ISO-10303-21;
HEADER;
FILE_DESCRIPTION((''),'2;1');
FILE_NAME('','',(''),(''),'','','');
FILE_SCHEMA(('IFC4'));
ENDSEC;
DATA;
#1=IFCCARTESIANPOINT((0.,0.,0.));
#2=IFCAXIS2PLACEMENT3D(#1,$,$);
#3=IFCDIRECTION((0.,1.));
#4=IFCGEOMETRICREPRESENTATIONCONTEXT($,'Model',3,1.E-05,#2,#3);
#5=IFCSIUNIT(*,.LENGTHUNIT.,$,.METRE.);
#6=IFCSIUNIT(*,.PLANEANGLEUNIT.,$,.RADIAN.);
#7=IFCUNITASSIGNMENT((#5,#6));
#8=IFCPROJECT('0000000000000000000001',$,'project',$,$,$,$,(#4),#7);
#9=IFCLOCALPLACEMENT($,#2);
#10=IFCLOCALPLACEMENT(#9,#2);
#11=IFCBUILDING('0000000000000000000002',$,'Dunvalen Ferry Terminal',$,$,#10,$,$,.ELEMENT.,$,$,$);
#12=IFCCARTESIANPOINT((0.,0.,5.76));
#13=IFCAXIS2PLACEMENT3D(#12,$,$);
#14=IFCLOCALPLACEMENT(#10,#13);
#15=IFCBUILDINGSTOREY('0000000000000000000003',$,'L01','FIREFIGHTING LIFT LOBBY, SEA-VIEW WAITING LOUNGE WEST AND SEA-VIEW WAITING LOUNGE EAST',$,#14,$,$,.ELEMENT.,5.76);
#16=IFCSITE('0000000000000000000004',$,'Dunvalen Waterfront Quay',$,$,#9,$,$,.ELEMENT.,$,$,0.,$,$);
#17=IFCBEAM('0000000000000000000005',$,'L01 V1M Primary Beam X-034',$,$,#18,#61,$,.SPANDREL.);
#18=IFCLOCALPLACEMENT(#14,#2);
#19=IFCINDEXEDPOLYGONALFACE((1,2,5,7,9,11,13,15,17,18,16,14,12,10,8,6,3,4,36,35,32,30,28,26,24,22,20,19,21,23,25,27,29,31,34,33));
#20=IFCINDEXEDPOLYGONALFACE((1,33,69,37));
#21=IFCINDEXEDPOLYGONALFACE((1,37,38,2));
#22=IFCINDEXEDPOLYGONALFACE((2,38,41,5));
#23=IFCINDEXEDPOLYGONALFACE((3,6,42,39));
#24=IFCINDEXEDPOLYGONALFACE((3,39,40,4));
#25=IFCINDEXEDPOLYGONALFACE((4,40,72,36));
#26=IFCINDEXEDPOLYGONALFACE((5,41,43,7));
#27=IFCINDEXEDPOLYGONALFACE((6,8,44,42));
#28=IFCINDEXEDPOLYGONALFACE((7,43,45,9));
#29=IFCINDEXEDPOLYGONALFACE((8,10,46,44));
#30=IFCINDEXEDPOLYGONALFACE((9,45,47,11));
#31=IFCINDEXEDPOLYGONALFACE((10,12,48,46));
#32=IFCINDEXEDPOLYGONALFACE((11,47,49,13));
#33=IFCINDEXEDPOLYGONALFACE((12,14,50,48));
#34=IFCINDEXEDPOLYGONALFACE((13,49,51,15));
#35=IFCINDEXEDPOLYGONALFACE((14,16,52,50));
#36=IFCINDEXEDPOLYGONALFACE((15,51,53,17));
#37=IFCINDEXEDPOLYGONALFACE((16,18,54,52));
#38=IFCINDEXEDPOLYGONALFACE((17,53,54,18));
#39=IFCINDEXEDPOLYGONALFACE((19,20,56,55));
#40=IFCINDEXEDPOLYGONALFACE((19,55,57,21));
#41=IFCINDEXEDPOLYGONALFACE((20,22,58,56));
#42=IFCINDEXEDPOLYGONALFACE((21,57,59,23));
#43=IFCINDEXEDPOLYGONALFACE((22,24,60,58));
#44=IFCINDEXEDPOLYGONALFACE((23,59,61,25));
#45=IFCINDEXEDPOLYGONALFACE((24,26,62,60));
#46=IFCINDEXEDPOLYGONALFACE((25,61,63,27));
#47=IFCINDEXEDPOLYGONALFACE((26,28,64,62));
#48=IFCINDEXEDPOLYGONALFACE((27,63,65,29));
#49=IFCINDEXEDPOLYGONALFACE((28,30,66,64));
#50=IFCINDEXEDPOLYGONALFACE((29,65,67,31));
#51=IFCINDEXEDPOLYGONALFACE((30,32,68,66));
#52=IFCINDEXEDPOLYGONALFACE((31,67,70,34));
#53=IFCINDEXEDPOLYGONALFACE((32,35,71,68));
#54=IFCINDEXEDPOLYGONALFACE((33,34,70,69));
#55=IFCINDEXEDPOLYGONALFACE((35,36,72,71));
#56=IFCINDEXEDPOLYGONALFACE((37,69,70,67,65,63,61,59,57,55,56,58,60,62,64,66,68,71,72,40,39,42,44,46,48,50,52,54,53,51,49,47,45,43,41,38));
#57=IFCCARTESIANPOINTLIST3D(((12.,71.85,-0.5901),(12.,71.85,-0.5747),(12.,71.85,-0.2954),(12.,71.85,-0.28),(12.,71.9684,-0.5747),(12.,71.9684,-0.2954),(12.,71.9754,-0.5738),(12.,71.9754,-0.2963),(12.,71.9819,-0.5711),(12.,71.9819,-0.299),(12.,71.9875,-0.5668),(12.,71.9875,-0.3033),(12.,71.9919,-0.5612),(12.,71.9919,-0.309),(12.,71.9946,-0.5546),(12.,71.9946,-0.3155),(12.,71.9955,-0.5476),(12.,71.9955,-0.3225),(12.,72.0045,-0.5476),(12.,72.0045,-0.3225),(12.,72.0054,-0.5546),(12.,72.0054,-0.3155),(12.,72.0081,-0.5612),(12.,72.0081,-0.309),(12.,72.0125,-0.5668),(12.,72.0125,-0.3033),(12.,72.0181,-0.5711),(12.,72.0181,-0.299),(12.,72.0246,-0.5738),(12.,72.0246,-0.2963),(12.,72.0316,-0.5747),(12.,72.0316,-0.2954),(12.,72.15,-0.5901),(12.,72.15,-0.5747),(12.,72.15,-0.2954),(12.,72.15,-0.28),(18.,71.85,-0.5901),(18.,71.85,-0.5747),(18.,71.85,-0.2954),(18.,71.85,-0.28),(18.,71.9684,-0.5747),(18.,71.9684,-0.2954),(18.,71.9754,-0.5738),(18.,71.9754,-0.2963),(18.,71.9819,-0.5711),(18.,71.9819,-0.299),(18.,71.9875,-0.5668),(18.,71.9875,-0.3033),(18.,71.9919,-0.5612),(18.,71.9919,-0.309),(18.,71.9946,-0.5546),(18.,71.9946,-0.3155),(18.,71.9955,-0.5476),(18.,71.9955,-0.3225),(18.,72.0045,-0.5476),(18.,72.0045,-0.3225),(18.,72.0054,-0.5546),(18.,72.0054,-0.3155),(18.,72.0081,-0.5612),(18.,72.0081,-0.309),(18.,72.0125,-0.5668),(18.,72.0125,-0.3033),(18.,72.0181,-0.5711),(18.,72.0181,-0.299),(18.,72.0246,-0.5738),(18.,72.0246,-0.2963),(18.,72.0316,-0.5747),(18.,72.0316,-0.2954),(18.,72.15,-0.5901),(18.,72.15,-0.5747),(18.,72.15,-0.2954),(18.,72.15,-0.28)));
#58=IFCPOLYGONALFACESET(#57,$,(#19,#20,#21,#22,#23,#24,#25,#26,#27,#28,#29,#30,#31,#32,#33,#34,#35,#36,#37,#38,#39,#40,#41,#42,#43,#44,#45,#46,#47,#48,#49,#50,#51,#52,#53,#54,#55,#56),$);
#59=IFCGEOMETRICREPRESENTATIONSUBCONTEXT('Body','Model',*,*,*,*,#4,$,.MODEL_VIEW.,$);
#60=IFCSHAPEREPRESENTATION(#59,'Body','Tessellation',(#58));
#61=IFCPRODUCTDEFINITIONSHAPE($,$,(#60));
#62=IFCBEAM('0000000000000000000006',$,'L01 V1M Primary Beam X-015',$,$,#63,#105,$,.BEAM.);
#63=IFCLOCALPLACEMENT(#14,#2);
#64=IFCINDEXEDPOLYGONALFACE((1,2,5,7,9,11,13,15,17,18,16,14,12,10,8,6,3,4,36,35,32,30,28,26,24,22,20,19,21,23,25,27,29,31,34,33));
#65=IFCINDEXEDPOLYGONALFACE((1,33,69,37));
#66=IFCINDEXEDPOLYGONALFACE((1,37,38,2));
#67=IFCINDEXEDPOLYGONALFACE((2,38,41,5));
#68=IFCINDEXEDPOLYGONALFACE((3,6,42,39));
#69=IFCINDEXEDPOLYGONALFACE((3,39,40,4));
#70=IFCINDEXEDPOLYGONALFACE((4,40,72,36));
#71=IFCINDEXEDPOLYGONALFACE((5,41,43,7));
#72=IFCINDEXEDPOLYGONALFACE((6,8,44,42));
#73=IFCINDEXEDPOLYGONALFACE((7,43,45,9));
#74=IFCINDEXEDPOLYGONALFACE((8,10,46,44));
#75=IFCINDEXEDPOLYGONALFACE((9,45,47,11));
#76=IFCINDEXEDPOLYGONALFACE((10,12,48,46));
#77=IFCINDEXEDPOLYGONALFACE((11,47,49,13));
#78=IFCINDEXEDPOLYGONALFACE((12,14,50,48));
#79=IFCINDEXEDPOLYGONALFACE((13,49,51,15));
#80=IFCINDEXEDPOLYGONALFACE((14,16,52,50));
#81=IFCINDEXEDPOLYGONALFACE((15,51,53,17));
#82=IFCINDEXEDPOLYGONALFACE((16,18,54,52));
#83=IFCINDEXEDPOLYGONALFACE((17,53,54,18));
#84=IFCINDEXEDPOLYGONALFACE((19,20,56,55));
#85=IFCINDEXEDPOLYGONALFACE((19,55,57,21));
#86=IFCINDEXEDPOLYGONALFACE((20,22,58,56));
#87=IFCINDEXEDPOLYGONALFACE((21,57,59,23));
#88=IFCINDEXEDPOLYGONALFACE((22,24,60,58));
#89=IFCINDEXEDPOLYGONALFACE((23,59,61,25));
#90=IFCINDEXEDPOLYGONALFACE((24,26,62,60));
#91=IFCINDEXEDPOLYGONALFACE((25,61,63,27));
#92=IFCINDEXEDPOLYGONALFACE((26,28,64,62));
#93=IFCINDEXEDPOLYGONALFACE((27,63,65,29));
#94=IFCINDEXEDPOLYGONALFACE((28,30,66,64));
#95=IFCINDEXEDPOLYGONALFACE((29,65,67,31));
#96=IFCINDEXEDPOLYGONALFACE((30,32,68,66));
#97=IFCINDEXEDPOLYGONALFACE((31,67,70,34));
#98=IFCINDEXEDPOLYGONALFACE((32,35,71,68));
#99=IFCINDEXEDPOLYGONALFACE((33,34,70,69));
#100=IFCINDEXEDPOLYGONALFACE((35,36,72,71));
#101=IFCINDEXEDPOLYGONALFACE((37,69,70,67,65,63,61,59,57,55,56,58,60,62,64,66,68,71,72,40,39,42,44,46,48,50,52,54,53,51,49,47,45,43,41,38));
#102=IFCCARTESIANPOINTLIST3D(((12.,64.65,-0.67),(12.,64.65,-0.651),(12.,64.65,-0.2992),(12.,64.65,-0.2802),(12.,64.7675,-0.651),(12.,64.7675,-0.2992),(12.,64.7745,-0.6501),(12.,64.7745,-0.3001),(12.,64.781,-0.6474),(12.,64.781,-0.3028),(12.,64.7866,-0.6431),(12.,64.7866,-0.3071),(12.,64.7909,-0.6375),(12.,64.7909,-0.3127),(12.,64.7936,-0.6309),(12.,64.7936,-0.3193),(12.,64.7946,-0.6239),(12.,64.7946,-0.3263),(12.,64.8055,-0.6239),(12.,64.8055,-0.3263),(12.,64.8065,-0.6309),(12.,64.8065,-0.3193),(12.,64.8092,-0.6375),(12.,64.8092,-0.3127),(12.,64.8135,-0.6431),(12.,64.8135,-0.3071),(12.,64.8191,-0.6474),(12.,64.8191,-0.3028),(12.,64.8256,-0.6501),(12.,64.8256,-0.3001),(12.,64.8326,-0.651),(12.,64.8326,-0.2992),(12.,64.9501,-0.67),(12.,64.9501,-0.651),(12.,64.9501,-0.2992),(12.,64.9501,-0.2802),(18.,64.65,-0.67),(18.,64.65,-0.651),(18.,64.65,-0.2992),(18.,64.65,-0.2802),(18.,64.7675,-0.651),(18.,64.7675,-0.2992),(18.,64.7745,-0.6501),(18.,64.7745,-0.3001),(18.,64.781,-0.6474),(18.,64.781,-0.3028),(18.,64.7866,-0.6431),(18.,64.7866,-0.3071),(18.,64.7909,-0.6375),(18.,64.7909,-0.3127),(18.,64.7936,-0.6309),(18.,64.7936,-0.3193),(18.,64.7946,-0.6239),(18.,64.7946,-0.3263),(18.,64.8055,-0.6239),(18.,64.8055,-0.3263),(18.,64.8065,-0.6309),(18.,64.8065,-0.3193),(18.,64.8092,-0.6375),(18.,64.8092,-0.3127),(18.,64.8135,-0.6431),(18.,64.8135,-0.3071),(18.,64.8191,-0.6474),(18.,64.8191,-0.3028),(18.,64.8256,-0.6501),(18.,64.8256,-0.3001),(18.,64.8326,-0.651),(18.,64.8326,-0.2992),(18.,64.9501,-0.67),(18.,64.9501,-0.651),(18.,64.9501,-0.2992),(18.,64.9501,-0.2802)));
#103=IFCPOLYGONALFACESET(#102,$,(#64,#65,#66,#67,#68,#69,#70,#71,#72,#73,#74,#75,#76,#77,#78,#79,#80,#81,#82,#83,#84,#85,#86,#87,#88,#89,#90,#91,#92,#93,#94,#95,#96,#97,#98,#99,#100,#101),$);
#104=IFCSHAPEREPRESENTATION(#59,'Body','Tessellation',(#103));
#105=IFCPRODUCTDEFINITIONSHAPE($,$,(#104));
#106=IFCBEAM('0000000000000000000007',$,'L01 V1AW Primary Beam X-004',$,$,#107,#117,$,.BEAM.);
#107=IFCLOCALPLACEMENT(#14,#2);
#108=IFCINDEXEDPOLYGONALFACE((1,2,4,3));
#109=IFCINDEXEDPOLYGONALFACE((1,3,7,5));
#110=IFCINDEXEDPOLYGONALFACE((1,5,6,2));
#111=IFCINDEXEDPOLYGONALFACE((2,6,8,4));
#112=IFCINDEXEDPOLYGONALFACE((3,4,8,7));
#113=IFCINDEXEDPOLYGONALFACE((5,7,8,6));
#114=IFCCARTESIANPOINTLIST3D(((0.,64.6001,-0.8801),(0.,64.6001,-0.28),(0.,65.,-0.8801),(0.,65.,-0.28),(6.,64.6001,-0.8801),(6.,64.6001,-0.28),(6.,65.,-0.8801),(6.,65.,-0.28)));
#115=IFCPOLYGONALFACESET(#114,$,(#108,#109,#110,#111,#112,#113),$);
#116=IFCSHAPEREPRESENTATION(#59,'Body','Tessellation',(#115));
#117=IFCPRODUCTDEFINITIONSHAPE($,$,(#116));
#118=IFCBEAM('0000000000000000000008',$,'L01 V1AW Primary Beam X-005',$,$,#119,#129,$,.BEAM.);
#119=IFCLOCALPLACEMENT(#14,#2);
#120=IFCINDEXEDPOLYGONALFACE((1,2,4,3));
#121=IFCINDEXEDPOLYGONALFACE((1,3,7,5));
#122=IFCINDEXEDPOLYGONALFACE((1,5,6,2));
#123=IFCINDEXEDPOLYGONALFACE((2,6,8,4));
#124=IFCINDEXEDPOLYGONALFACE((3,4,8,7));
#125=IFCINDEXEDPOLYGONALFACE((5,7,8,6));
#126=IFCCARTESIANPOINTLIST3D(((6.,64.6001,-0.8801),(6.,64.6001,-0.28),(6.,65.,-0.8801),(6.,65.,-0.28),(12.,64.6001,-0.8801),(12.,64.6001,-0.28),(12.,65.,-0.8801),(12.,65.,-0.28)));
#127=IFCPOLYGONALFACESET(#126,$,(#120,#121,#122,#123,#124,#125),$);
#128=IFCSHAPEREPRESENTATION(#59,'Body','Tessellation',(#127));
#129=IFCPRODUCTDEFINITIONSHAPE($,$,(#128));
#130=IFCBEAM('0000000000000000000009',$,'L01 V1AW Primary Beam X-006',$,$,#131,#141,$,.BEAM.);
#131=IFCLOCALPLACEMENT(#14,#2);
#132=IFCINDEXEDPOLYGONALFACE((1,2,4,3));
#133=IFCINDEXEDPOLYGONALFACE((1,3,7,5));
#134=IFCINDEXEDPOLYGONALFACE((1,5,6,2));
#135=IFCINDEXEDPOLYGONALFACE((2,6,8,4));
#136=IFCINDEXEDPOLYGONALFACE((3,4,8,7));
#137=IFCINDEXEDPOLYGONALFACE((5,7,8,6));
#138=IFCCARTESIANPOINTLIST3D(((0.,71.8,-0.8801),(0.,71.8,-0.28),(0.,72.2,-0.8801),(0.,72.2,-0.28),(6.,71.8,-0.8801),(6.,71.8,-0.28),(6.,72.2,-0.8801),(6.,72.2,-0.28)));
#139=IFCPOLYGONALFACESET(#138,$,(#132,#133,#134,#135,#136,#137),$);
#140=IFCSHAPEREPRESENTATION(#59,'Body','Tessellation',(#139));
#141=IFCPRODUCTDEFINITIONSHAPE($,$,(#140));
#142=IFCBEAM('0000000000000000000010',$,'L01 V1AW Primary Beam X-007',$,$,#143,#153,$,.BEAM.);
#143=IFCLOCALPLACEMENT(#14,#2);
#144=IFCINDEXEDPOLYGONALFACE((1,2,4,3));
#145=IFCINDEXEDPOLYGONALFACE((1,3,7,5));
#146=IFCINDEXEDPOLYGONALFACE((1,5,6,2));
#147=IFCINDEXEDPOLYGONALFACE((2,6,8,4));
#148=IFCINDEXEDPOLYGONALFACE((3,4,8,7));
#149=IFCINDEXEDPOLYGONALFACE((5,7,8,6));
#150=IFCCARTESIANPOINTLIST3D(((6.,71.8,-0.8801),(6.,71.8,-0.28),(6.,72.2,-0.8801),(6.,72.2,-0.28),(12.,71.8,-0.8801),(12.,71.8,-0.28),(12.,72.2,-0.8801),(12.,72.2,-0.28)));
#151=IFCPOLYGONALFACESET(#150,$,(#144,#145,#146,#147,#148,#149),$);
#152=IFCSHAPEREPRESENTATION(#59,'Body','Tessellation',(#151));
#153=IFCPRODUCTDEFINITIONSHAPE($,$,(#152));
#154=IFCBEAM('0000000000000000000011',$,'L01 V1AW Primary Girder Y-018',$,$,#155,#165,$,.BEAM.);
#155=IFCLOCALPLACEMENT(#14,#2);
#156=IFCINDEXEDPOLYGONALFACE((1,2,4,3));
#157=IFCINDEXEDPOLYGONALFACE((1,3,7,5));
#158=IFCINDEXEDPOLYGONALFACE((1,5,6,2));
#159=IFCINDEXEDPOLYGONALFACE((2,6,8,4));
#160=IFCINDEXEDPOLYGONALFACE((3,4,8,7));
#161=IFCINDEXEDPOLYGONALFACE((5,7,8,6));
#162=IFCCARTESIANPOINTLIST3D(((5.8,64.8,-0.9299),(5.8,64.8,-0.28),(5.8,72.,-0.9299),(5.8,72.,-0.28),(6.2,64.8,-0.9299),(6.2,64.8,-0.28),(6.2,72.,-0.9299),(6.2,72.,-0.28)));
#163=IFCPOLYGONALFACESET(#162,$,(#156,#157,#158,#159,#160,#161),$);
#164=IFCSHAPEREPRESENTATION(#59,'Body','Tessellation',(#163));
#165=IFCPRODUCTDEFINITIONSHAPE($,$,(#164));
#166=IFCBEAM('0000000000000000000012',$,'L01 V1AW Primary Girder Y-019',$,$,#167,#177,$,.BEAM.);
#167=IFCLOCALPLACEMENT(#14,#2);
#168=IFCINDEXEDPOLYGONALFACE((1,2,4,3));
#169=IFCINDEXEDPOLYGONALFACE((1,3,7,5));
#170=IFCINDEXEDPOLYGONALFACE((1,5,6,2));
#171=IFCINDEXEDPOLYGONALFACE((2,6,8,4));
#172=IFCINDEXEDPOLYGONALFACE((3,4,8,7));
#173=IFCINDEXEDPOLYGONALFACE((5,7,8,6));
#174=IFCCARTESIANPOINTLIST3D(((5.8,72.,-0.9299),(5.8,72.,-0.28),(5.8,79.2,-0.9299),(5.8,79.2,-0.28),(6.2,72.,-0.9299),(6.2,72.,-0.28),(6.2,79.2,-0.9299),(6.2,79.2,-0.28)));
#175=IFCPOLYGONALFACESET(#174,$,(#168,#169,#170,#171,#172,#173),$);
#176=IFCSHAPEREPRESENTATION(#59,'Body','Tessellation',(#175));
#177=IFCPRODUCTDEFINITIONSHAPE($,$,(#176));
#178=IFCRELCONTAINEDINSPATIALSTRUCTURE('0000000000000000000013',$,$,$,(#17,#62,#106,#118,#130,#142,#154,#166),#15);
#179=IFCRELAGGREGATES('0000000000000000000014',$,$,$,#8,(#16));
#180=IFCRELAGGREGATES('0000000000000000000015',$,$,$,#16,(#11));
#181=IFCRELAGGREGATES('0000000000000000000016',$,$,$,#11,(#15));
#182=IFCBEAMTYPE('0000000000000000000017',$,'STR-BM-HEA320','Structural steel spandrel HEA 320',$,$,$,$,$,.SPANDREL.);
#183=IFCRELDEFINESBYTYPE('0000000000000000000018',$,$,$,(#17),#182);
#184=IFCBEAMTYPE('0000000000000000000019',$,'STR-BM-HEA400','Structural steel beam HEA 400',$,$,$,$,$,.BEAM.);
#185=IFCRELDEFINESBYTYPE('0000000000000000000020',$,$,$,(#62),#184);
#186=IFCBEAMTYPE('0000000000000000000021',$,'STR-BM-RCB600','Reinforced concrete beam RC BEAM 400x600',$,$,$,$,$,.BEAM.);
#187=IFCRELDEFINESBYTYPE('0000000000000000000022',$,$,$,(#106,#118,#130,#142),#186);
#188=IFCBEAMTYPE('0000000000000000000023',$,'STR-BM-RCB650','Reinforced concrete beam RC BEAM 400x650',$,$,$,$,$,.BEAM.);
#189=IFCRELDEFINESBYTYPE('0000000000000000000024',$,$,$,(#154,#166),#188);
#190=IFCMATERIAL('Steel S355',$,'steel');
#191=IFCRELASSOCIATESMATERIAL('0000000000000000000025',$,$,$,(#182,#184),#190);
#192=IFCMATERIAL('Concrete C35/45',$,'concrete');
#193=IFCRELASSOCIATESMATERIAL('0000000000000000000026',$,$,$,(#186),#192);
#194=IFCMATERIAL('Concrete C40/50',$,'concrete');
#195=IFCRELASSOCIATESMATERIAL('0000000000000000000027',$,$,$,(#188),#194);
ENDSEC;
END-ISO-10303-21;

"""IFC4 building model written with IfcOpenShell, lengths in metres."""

from ifc_helpers import new_model, si_unit, direction, frame, origin, origin_2d, place, context, subcontext, project, spatial, rectangle, i_section, extrude, material, material_profile, profile_set, type_object, element, save


model = new_model("IFC4")

# Units and contexts
model_context = context("Model", 3, precision=1e-05, world=origin(), true_north=direction((0.0, 1.0)))
body_context = subcontext(model_context, "Body", "Model", "MODEL_VIEW")
ifc_project = project(units=[si_unit("LENGTHUNIT", "METRE"), si_unit("PLANEANGLEUNIT", "RADIAN")], contexts=[model_context])

# Site, building, storey
site_placement = place(None, origin())
site = spatial("IfcSite", under=ifc_project, at=site_placement, Name="Dunvalen Waterfront Quay", CompositionType="ELEMENT", RefElevation=0.0)
building_placement = place(site_placement, origin())
building = spatial("IfcBuilding", under=site, at=building_placement, Name="Dunvalen Ferry Terminal", CompositionType="ELEMENT")
storey_placement = place(building_placement, frame((0.0, 0.0, 5.76)))
storey = spatial("IfcBuildingStorey", under=building, at=storey_placement, Name="L01", Description="FIREFIGHTING LIFT LOBBY, SEA-VIEW WAITING LOUNGE WEST AND SEA-VIEW WAITING LOUNGE EAST", CompositionType="ELEMENT", Elevation=5.76)

# Shared definitions
ifc_material_1 = material(Name="Concrete C35/45", Category="concrete")
ifc_material_2 = material(Name="Concrete C40/50", Category="concrete")

# Beams
ifc_material_3 = material(Name="Steel S355", Category="steel")
ifc_material_profile_1 = material_profile(ifc_material_3, i_section(OverallWidth=0.3, OverallDepth=0.3101, WebThickness=0.009, FlangeThickness=0.0154, FilletRadius=0.0271, at=origin_2d()), Name="Steel S355")
ifc_profile_set_1 = profile_set([ifc_material_profile_1], Name="Steel S355")
beam_type_1 = type_object("IfcBeamType", Name="STR-BM-HEA320", Description="Structural steel spandrel HEA 320", PredefinedType="SPANDREL", material=ifc_profile_set_1)
for number, where, z_axis, x_axis, name in (
    (1, (12.0, 72.0, -0.4351), (1.0, 0.0, 0.0), (0.0, 1.0, 0.0), "L01 V1M Primary Beam X-034"),
):
    element("IfcBeam", number, at=place(storey_placement, frame(where, z_axis=z_axis, x_axis=x_axis)), inside=storey, type_object=beam_type_1, Name=name, PredefinedType="SPANDREL", context=body_context, shape_type="SweptSolid", body=[
        extrude(i_section(OverallWidth=0.3, OverallDepth=0.3101, WebThickness=0.009, FlangeThickness=0.0154, FilletRadius=0.0271, at=origin_2d()), origin(), (0.0, 0.0, 1.0), 6.0),
    ])
ifc_material_profile_2 = material_profile(ifc_material_3, i_section(OverallWidth=0.3, OverallDepth=0.3899, WebThickness=0.011, FlangeThickness=0.019, FilletRadius=0.0271, at=origin_2d()), Name="Steel S355")
ifc_profile_set_2 = profile_set([ifc_material_profile_2], Name="Steel S355")
beam_type_2 = type_object("IfcBeamType", Name="STR-BM-HEA400", Description="Structural steel beam HEA 400", PredefinedType="BEAM", material=ifc_profile_set_2)
beam_1_placement = place(storey_placement, frame((12.0, 64.8, -0.4751), z_axis=(1.0, 0.0, 0.0), x_axis=(0.0, 1.0, 0.0)))
element("IfcBeam", 2, at=beam_1_placement, inside=storey, type_object=beam_type_2, Name="L01 V1M Primary Beam X-015", PredefinedType="BEAM", context=body_context, shape_type="SweptSolid", body=[
    extrude(i_section(OverallWidth=0.3, OverallDepth=0.3899, WebThickness=0.011, FlangeThickness=0.019, FilletRadius=0.0271, at=origin_2d()), origin(), (0.0, 0.0, 1.0), 6.0),
])
ifc_material_profile_3 = material_profile(ifc_material_1, rectangle(XDim=0.3999, YDim=0.6001, at=origin_2d()), Name="Concrete C35/45")
ifc_profile_set_3 = profile_set([ifc_material_profile_3], Name="Concrete C35/45")
beam_type_3 = type_object("IfcBeamType", Name="STR-BM-RCB600", Description="Reinforced concrete beam RC BEAM 400x600", PredefinedType="BEAM", material=ifc_profile_set_3)
for number, where, z_axis, x_axis, name in (
    (3, (0.0, 64.8, -0.5801), (1.0, 0.0, 0.0), (0.0, 1.0, 0.0), "L01 V1AW Primary Beam X-004"),
    (4, (6.0, 64.8, -0.5801), (1.0, 0.0, 0.0), (0.0, 1.0, 0.0), "L01 V1AW Primary Beam X-005"),
    (5, (0.0, 72.0, -0.5801), (1.0, 0.0, 0.0), (0.0, 1.0, 0.0), "L01 V1AW Primary Beam X-006"),
    (6, (6.0, 72.0, -0.5801), (1.0, 0.0, 0.0), (0.0, 1.0, 0.0), "L01 V1AW Primary Beam X-007"),
):
    element("IfcBeam", number, at=place(storey_placement, frame(where, z_axis=z_axis, x_axis=x_axis)), inside=storey, type_object=beam_type_3, Name=name, PredefinedType="BEAM", context=body_context, shape_type="SweptSolid", body=[
        extrude(rectangle(XDim=0.3999, YDim=0.6001, at=origin_2d()), origin(), (0.0, 0.0, 1.0), 6.0),
    ])
ifc_material_profile_4 = material_profile(ifc_material_2, rectangle(XDim=0.3999, YDim=0.6499, at=origin_2d()), Name="Concrete C40/50")
ifc_profile_set_4 = profile_set([ifc_material_profile_4], Name="Concrete C40/50")
beam_type_4 = type_object("IfcBeamType", Name="STR-BM-RCB650", Description="Reinforced concrete beam RC BEAM 400x650", PredefinedType="BEAM", material=ifc_profile_set_4)
for number, where, z_axis, x_axis, name in (
    (7, (6.0, 64.8, -0.605), (0.0, 1.0, 0.0), (-1.0, 0.0, 0.0), "L01 V1AW Primary Girder Y-018"),
    (8, (6.0, 72.0, -0.605), (0.0, 1.0, 0.0), (-1.0, 0.0, 0.0), "L01 V1AW Primary Girder Y-019"),
):
    element("IfcBeam", number, at=place(storey_placement, frame(where, z_axis=z_axis, x_axis=x_axis)), inside=storey, type_object=beam_type_4, Name=name, PredefinedType="BEAM", context=body_context, shape_type="SweptSolid", body=[
        extrude(rectangle(XDim=0.3999, YDim=0.6499, at=origin_2d()), origin(), (0.0, 0.0, 1.0), 7.2),
    ])

save(model, "model.ifc")
